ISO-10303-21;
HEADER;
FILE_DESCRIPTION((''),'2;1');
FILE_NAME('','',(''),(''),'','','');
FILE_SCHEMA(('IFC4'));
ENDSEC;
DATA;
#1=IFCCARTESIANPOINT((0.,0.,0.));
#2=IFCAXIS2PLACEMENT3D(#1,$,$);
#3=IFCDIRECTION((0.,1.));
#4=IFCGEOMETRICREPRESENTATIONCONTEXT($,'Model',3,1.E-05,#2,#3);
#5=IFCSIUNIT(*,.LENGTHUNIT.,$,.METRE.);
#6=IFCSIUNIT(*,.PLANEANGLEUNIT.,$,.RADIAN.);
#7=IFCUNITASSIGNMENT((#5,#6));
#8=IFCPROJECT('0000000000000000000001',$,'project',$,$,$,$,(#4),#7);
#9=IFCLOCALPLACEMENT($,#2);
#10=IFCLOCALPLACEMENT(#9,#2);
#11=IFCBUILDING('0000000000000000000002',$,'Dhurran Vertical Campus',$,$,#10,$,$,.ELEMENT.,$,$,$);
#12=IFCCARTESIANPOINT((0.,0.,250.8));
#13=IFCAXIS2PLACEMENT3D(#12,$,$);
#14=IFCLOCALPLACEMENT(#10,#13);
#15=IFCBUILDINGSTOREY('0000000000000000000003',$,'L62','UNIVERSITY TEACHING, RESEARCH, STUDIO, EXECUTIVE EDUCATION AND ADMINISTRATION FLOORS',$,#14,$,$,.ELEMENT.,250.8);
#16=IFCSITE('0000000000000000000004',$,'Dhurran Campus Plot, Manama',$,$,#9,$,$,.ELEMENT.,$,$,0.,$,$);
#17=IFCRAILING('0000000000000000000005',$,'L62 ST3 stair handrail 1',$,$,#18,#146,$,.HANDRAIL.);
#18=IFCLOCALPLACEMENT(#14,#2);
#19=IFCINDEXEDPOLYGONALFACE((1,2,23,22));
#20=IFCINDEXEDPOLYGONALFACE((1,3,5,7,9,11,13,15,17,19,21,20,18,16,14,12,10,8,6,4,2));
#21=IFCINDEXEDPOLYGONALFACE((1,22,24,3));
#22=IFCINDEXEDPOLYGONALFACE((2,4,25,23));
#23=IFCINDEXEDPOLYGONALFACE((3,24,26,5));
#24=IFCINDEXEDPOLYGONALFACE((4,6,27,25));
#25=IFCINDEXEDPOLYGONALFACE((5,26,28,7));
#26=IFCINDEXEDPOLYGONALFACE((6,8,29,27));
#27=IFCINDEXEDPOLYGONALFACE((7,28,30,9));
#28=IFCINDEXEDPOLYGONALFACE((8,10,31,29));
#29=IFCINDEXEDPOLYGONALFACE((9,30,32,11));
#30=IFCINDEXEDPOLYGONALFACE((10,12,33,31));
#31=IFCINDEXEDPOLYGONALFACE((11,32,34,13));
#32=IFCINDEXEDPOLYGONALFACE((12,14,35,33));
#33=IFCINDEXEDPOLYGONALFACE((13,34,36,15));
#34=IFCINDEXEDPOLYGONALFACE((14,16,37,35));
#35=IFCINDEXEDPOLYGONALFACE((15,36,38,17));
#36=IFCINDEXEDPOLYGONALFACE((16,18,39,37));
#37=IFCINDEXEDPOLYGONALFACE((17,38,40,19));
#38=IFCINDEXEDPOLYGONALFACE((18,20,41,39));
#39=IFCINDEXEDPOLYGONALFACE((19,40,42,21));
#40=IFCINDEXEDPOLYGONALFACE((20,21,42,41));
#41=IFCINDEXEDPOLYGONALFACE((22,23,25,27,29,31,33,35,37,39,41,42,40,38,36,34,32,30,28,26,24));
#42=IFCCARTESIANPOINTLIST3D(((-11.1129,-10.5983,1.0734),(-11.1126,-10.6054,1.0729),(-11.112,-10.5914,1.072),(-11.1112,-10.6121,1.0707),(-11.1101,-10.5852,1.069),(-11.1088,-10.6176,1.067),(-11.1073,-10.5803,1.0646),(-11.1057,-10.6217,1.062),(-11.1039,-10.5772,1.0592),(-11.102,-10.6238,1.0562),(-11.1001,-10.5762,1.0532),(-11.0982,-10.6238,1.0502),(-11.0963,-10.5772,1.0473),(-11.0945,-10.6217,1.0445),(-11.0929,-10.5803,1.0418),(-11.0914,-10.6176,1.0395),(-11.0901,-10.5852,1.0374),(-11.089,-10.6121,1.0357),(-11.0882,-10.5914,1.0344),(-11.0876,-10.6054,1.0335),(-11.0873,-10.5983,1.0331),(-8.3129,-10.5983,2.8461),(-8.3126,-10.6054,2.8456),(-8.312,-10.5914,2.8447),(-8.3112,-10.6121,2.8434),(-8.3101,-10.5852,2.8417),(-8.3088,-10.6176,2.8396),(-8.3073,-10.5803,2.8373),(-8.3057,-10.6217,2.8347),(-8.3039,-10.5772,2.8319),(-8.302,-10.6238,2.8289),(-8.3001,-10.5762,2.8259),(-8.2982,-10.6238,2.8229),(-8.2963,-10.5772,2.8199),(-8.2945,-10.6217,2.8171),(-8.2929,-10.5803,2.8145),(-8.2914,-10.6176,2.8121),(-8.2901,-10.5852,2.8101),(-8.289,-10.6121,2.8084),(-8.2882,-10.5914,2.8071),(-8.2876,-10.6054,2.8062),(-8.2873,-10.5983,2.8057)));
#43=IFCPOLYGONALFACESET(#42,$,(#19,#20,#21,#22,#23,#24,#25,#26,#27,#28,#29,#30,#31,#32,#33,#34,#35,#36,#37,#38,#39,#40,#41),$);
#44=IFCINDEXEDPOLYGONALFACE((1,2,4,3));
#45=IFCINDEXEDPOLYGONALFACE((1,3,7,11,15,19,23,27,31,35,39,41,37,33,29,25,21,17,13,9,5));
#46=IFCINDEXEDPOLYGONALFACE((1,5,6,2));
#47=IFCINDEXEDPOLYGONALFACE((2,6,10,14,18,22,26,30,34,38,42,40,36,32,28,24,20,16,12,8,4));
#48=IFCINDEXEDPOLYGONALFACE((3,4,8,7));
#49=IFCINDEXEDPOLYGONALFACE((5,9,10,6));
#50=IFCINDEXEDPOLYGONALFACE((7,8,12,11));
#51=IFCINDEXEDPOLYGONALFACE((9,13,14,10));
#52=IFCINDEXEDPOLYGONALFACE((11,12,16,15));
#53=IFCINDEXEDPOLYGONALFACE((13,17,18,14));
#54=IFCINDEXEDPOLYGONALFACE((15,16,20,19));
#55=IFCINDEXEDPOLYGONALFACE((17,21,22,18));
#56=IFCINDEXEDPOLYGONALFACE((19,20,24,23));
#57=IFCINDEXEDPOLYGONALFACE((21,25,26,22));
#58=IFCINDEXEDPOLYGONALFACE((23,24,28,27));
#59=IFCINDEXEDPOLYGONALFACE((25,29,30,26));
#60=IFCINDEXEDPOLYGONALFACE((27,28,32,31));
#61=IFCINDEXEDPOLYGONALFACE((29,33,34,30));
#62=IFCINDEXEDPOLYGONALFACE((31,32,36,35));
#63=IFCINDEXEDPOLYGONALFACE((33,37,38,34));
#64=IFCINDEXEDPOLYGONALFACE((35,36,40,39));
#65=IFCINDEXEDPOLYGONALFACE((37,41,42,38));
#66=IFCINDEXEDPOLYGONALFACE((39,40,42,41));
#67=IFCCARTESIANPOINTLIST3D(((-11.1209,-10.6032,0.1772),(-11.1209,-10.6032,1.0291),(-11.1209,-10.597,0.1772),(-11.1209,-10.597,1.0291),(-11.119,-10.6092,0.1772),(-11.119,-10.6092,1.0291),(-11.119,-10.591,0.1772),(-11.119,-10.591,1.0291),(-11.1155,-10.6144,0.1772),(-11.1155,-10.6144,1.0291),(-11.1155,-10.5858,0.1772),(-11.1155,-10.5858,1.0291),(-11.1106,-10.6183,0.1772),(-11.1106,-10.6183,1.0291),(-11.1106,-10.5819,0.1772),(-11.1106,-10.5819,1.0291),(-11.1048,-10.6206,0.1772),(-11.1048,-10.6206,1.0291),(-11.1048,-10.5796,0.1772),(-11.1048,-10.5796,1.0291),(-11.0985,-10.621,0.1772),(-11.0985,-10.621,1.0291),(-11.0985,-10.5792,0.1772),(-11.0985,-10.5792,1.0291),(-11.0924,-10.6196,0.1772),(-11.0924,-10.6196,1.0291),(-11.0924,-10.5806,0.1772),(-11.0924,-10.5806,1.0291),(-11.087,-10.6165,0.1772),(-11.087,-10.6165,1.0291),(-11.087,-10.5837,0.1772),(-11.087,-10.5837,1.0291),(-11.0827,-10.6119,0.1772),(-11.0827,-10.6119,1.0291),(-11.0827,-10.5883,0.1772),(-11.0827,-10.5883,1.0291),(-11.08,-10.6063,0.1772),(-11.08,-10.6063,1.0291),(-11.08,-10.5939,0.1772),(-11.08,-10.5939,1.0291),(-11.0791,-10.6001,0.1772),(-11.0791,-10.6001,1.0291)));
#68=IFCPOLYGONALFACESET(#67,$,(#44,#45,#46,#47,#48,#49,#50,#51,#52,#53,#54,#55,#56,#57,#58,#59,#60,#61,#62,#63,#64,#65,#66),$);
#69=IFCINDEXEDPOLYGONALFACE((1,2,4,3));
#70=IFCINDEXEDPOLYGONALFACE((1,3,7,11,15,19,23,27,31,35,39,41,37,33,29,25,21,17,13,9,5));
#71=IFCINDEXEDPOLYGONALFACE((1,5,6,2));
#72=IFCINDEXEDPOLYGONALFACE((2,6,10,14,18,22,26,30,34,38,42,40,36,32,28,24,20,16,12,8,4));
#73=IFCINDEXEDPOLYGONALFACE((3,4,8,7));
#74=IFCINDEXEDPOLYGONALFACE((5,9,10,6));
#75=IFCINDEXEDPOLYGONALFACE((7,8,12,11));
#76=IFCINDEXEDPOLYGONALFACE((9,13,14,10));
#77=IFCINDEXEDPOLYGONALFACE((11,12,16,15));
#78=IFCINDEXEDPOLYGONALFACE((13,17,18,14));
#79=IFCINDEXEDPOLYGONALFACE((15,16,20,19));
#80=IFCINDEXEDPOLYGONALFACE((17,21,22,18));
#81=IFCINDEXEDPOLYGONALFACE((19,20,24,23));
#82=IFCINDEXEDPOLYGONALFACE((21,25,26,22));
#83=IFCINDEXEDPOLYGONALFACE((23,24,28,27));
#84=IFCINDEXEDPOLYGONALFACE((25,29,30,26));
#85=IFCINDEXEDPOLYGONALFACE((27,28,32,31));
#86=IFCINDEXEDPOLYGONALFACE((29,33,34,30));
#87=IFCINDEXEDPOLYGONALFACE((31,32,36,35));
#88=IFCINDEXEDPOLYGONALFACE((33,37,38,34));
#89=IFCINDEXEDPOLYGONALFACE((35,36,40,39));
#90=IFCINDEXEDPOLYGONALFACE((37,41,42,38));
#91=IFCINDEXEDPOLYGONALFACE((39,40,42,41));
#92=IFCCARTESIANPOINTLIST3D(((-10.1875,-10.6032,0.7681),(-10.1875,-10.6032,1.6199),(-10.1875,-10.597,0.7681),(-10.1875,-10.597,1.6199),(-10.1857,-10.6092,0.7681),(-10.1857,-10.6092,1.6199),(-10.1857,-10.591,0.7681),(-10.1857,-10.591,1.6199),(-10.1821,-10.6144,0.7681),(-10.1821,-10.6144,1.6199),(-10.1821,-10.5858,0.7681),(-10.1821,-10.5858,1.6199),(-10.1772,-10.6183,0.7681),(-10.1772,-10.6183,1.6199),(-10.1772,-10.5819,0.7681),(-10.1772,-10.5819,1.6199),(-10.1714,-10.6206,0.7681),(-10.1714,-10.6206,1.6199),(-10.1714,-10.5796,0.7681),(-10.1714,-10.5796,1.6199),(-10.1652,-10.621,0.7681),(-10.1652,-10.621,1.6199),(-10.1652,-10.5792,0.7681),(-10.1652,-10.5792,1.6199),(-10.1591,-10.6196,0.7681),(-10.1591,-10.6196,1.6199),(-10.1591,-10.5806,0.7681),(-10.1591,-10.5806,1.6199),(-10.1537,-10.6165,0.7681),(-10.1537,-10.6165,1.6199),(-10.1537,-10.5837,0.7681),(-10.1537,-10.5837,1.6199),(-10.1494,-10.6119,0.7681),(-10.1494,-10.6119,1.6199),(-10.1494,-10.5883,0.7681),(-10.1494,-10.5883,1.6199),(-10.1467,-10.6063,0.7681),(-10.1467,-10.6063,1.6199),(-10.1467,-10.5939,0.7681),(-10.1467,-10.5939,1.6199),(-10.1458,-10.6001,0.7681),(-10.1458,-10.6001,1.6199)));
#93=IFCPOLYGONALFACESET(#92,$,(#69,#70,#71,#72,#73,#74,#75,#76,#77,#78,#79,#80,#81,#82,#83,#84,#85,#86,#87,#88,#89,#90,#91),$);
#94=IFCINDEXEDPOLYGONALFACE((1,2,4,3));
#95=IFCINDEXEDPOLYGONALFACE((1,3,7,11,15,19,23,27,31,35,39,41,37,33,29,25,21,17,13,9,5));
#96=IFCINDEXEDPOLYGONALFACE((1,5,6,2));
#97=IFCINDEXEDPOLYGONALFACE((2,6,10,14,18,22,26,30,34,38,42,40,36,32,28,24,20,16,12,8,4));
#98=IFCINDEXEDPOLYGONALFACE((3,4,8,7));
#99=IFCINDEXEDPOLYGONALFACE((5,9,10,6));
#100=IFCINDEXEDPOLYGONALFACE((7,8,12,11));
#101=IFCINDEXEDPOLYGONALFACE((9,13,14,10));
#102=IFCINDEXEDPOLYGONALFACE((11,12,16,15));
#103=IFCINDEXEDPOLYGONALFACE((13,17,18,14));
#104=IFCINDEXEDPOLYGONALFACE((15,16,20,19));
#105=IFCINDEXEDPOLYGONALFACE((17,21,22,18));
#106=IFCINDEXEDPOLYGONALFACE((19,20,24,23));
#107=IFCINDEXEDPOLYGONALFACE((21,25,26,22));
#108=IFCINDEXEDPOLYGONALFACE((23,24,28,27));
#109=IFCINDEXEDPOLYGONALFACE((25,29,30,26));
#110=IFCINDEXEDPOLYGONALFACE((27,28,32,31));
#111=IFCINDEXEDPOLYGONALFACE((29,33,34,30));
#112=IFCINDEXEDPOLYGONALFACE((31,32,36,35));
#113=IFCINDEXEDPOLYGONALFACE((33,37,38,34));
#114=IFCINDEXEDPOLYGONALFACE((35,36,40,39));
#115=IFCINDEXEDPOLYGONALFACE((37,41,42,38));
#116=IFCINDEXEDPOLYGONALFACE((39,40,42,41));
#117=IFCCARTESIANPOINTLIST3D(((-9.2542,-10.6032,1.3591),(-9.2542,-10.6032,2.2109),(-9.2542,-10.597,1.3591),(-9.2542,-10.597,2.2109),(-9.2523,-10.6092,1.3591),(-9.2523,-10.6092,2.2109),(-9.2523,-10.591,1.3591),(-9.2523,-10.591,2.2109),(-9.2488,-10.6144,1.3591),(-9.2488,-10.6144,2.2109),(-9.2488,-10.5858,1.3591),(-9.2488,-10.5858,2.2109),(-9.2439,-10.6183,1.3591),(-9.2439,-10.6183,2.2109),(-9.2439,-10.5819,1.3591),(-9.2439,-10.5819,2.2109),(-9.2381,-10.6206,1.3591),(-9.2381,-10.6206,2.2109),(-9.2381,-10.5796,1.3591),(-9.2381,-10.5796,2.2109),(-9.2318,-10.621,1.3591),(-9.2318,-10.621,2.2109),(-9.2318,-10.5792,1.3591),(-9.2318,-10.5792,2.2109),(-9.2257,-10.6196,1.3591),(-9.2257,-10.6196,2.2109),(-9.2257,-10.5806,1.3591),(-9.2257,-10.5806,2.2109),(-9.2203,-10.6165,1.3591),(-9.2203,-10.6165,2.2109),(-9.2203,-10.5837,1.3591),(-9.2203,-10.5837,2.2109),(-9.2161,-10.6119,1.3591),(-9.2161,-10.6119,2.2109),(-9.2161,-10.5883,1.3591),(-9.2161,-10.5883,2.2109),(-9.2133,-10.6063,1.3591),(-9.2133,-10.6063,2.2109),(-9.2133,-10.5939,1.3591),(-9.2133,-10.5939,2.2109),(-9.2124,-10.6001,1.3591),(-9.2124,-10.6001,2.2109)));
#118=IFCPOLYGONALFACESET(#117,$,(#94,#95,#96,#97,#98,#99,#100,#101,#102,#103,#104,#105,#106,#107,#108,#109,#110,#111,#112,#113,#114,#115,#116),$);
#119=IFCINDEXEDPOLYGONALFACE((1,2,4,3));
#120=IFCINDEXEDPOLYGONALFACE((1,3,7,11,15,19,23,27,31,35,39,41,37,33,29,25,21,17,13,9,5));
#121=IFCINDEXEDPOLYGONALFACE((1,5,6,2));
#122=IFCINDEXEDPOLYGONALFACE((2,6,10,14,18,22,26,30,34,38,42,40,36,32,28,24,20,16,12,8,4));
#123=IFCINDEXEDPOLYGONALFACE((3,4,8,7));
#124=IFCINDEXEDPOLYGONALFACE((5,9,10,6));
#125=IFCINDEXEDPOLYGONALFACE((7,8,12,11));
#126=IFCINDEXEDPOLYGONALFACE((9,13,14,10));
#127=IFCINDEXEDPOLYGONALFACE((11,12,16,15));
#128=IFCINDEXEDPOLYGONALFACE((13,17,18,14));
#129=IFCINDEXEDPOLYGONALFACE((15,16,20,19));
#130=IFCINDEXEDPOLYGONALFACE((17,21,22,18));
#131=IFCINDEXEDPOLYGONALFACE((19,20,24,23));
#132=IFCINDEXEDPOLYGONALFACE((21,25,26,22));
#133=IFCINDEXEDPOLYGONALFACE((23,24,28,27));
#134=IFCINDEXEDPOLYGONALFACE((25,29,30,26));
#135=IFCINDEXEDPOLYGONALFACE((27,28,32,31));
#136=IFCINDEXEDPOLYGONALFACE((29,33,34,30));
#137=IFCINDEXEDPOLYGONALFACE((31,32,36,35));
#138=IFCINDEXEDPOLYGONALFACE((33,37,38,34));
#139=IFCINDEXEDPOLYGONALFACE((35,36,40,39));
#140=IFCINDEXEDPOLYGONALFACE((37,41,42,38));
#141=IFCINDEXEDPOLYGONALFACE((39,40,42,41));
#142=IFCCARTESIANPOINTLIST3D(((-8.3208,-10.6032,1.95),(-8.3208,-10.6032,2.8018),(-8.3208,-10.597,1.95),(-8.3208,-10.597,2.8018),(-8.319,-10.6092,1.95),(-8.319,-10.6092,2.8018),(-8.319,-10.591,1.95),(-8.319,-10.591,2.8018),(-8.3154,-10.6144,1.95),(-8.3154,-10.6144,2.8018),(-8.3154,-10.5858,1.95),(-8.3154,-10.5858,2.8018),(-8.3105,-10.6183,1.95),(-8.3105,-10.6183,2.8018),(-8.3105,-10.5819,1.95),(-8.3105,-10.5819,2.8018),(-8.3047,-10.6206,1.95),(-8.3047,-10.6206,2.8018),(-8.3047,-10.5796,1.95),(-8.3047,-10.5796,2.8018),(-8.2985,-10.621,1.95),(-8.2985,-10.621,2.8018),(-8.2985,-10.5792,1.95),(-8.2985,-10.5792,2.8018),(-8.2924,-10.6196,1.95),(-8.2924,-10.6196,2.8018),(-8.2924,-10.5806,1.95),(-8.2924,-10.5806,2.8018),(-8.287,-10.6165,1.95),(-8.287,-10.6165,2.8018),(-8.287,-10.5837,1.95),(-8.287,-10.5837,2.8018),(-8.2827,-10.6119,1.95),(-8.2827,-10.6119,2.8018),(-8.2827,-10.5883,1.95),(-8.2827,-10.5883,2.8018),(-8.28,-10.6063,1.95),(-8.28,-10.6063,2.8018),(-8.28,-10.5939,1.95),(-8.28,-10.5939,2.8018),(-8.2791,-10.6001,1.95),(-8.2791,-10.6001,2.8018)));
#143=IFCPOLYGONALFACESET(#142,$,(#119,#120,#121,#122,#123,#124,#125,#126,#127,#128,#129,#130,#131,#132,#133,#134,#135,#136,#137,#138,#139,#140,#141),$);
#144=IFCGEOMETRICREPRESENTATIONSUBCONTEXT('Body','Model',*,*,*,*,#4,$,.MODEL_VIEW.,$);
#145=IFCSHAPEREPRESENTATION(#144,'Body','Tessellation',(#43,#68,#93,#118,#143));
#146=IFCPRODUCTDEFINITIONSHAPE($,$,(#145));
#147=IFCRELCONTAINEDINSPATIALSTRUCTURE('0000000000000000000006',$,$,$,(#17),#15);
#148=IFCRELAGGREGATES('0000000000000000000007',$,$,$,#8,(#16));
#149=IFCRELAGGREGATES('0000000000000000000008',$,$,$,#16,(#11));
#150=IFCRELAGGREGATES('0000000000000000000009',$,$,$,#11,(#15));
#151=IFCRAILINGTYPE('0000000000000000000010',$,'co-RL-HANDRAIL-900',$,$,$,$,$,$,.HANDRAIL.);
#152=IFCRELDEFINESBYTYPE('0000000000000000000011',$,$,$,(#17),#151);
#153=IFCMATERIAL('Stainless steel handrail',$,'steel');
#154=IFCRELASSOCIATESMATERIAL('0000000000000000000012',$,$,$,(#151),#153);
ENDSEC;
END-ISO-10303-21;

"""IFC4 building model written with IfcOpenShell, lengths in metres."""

from ifc_helpers import new_model, si_unit, direction, frame, origin, origin_2d, place, context, subcontext, project, spatial, circle, extrude, material, type_object, element, save


model = new_model("IFC4")

# Units and contexts
model_context = context("Model", 3, precision=1e-05, world=origin(), true_north=direction((0.0, 1.0)))
body_context = subcontext(model_context, "Body", "Model", "MODEL_VIEW")
ifc_project = project(units=[si_unit("LENGTHUNIT", "METRE"), si_unit("PLANEANGLEUNIT", "RADIAN")], contexts=[model_context])

# Site, building, storey
site_placement = place(None, origin())
site = spatial("IfcSite", under=ifc_project, at=site_placement, Name="Dhurran Campus Plot, Manama", CompositionType="ELEMENT", RefElevation=0.0)
building_placement = place(site_placement, origin())
building = spatial("IfcBuilding", under=site, at=building_placement, Name="Dhurran Vertical Campus", CompositionType="ELEMENT")
storey_placement = place(building_placement, frame((0.0, 0.0, 250.8)))
storey = spatial("IfcBuildingStorey", under=building, at=storey_placement, Name="L62", Description="UNIVERSITY TEACHING, RESEARCH, STUDIO, EXECUTIVE EDUCATION AND ADMINISTRATION FLOORS", CompositionType="ELEMENT", Elevation=250.8)

# Railing
ifc_material_1 = material(Name="Stainless steel handrail", Category="steel")
railing_type_1 = type_object("IfcRailingType", Name="co-RL-HANDRAIL-900", PredefinedType="HANDRAIL", material=ifc_material_1)
railing_1_placement = place(storey_placement, frame((-11.1001, -10.6001, 0.1772)))
element("IfcRailing", 1, at=railing_1_placement, inside=storey, type_object=railing_type_1, Name="L62 ST3 stair handrail 1", PredefinedType="HANDRAIL", context=body_context, shape_type="SweptSolid", body=[
    extrude(circle(Radius=0.0239, at=origin_2d()), frame((0.0, 0.0, 0.876), z_axis=(0.844909, 0.0, 0.53491), x_axis=(0.0, 1.0, 0.0)), (0.0, 0.0, 1.0), 3.314),
    extrude(circle(Radius=0.021, at=origin_2d()), origin(), (0.0, 0.0, 1.0), 0.8518),
    extrude(circle(Radius=0.021, at=origin_2d()), frame((0.9333, 0.0, 0.5908)), (0.0, 0.0, 1.0), 0.8518),
    extrude(circle(Radius=0.021, at=origin_2d()), frame((1.8667, 0.0, 1.1819)), (0.0, 0.0, 1.0), 0.8518),
    extrude(circle(Radius=0.021, at=origin_2d()), frame((2.8, 0.0, 1.7727)), (0.0, 0.0, 1.0), 0.8518),
])

save(model, "model.ifc")
